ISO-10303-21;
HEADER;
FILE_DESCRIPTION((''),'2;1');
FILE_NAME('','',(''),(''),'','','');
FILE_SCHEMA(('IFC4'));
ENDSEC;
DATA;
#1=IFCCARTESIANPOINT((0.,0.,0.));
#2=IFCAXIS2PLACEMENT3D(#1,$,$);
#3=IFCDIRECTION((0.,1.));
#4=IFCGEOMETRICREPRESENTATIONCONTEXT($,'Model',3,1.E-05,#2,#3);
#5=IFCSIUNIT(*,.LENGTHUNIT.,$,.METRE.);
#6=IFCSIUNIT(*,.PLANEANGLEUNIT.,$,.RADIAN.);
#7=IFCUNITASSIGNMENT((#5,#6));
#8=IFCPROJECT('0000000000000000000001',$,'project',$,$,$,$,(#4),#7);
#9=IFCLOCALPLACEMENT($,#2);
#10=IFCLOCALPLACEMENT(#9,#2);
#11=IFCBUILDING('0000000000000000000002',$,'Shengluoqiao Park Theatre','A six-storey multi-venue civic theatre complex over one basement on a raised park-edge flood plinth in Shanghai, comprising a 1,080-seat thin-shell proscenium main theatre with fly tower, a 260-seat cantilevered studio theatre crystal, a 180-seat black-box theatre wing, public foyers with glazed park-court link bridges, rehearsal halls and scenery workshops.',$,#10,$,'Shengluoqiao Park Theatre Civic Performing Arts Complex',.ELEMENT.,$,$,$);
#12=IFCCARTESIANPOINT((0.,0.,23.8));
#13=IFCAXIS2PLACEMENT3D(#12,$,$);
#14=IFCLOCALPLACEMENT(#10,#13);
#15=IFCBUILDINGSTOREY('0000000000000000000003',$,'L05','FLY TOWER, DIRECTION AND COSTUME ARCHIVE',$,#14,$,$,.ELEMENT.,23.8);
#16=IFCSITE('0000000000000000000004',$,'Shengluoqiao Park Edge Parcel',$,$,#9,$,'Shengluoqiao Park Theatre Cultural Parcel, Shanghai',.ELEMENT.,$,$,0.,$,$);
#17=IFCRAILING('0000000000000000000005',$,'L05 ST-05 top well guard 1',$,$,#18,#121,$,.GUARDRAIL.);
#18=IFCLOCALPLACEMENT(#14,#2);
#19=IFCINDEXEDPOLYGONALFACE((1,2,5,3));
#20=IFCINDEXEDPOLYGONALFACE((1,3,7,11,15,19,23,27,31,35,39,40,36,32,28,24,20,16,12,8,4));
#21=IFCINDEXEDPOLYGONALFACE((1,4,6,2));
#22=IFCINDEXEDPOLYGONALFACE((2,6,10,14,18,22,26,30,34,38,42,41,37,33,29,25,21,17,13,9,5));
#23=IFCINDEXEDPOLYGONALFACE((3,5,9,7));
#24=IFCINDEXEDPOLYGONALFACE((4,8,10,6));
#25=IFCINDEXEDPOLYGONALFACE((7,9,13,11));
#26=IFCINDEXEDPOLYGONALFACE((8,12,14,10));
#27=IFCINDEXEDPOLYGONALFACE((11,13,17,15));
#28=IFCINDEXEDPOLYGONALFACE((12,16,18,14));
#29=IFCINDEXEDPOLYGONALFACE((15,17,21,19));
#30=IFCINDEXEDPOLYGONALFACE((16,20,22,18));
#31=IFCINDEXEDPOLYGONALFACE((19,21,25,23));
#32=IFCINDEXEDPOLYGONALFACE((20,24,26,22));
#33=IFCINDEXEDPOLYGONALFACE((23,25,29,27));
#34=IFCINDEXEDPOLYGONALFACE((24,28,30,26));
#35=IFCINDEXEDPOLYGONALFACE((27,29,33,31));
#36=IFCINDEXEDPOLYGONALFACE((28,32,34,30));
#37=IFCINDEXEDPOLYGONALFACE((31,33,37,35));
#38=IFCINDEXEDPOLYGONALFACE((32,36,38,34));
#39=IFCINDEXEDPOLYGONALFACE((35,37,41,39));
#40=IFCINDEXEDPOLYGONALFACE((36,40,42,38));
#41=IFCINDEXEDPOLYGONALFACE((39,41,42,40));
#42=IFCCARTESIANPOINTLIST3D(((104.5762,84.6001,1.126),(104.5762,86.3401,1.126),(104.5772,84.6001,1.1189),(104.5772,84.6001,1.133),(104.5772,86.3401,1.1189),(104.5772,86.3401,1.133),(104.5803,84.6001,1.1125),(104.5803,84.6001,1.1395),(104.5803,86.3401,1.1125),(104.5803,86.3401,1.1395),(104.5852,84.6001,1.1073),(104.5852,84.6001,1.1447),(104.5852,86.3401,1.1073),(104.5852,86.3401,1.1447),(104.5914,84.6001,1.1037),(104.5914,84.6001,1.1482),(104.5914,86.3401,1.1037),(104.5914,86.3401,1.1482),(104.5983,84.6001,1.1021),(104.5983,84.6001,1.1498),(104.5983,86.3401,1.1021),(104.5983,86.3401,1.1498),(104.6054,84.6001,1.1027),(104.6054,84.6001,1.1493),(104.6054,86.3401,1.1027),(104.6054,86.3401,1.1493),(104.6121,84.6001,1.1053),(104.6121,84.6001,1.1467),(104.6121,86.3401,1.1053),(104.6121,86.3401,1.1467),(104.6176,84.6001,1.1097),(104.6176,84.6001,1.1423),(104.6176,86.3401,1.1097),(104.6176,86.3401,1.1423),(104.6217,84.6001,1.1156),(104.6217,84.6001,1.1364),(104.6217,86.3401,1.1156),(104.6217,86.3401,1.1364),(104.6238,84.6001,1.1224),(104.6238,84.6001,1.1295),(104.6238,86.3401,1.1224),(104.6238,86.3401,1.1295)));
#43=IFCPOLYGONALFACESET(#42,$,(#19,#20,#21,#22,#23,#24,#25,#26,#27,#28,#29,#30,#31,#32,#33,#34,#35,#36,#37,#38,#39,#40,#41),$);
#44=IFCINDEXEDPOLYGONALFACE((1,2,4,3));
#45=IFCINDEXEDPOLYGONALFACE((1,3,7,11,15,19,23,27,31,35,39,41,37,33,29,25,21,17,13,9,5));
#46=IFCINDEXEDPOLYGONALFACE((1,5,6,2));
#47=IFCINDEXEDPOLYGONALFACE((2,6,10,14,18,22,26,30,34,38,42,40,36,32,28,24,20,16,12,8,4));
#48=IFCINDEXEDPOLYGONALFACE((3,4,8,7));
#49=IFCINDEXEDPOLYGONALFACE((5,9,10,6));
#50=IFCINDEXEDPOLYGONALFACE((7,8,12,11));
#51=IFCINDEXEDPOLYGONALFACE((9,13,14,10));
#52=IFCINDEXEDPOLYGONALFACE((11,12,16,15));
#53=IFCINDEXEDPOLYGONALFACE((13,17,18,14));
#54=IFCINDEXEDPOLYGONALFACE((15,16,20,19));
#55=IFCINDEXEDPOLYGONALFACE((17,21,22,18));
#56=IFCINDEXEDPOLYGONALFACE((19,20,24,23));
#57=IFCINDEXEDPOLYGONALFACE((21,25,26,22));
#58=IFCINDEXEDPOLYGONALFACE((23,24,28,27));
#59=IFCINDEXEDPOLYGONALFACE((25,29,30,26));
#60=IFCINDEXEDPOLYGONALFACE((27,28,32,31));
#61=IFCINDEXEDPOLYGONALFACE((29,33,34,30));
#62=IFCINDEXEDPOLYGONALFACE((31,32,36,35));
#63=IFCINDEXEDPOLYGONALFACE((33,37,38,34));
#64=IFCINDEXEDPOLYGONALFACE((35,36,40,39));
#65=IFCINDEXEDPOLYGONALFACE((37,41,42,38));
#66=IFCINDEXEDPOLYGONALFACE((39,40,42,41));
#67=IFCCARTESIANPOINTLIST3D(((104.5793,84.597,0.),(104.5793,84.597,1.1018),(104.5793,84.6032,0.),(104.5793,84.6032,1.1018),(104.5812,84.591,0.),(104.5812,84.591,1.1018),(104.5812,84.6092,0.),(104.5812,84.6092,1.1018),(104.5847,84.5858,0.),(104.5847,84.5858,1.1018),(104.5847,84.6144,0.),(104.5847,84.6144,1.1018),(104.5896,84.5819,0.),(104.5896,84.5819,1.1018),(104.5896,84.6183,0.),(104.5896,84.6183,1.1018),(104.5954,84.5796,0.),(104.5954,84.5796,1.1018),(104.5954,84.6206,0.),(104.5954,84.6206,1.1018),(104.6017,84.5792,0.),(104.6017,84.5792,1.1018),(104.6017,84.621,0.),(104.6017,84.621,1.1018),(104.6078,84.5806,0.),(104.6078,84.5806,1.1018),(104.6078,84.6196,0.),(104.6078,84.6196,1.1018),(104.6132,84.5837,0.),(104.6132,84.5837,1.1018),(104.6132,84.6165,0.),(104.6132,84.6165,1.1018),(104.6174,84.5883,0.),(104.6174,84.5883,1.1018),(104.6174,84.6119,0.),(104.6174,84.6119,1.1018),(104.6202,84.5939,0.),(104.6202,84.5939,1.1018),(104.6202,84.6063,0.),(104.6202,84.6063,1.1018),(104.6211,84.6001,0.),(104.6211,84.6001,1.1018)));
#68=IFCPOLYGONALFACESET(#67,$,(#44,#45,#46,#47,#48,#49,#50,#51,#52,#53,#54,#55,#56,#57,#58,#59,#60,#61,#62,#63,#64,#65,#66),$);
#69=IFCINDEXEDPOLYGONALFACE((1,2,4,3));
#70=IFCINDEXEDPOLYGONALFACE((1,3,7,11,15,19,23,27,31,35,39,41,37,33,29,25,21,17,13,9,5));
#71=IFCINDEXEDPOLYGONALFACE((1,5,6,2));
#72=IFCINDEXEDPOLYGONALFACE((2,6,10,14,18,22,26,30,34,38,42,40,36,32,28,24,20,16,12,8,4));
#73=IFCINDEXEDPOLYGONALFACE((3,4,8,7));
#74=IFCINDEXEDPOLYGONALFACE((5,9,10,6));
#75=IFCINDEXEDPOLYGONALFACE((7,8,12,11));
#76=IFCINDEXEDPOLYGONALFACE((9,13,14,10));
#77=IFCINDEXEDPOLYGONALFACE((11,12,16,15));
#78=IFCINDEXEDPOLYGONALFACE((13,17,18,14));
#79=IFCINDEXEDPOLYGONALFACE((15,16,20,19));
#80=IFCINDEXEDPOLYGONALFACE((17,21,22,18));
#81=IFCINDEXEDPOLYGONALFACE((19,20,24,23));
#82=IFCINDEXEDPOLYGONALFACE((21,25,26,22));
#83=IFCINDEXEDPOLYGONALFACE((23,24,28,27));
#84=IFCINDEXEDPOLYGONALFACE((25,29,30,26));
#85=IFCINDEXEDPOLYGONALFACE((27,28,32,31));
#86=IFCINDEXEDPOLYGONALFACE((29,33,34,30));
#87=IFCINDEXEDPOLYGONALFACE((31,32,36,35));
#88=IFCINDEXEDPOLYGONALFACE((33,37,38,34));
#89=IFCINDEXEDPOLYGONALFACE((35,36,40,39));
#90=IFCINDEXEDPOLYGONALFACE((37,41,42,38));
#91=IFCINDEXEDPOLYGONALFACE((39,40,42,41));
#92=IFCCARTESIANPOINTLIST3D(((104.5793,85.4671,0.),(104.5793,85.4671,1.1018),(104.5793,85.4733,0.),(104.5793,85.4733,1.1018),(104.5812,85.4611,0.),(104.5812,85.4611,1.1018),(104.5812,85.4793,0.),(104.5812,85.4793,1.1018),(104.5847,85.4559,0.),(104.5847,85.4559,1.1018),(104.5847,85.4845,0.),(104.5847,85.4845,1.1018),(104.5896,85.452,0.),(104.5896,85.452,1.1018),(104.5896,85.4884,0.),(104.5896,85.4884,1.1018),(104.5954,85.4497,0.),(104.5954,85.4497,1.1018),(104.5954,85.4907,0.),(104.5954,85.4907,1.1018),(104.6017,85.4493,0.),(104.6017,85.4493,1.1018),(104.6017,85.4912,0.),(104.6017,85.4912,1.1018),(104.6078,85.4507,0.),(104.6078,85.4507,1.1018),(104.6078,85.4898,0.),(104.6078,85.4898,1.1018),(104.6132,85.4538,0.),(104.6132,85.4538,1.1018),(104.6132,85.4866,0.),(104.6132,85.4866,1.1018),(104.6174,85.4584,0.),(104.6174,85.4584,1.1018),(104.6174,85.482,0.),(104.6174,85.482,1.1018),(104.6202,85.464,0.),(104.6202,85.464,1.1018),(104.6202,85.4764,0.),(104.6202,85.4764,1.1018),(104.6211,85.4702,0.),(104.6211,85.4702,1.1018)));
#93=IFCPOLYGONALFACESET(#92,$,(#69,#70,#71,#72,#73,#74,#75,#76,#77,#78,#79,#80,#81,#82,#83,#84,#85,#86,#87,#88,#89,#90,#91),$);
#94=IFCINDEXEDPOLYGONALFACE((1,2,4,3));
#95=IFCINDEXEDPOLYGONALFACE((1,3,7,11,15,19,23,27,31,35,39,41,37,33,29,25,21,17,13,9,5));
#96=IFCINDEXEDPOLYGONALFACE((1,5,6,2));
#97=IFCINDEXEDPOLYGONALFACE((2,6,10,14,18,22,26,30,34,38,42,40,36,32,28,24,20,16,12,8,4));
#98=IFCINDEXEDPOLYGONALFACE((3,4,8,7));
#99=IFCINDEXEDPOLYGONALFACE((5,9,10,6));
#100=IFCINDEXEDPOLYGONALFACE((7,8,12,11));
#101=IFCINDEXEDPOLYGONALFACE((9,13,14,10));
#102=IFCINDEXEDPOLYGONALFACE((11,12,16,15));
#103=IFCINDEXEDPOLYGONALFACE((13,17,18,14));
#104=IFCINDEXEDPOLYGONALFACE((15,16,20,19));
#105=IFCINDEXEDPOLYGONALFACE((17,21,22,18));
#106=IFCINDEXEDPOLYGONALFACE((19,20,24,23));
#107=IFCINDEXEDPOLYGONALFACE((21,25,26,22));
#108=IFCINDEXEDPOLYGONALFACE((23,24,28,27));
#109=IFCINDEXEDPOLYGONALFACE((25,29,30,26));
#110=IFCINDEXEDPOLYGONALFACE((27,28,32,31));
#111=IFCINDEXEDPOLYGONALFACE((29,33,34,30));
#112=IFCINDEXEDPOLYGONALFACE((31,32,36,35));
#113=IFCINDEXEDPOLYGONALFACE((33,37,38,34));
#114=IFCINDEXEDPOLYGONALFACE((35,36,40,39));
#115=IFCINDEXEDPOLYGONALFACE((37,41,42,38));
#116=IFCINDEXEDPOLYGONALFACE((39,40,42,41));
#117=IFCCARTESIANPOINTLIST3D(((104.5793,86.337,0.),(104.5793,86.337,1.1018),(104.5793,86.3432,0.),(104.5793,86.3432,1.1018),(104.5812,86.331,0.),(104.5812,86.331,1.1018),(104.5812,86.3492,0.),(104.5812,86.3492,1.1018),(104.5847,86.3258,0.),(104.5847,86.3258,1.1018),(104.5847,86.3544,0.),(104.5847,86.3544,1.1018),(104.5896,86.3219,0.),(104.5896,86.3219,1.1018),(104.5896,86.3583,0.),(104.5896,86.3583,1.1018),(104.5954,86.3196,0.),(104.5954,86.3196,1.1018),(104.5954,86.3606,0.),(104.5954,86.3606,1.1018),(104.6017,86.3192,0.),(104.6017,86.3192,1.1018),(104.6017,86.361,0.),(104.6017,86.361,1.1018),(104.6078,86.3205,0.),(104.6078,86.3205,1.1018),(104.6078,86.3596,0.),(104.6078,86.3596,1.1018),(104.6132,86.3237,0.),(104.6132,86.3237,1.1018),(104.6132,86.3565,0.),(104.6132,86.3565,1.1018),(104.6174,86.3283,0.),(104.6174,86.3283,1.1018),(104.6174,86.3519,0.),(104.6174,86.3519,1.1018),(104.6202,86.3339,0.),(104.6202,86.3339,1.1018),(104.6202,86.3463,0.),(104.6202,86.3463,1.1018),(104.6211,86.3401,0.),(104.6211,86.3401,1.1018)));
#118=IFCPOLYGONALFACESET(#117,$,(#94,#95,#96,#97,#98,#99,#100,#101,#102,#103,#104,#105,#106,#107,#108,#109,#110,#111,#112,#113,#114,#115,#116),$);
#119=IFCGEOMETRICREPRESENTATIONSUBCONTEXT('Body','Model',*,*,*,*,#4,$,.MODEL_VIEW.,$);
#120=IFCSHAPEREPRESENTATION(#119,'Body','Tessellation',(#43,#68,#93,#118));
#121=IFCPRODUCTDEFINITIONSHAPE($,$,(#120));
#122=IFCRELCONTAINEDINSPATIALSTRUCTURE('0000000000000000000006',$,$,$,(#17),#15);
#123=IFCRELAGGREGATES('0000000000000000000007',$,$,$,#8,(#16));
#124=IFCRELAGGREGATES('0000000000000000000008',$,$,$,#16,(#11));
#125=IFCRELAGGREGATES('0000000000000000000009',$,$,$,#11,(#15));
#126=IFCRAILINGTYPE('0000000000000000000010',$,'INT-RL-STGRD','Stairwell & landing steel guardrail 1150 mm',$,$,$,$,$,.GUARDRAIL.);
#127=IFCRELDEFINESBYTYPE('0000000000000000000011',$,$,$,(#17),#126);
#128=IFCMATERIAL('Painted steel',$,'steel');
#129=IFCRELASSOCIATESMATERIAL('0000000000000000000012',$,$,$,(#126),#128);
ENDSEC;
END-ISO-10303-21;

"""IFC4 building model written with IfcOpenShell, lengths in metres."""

from ifc_helpers import new_model, si_unit, direction, frame, origin, origin_2d, place, context, subcontext, project, spatial, circle, extrude, material, type_object, element, save


model = new_model("IFC4")

# Units and contexts
model_context = context("Model", 3, precision=1e-05, world=origin(), true_north=direction((0.0, 1.0)))
body_context = subcontext(model_context, "Body", "Model", "MODEL_VIEW")
ifc_project = project(units=[si_unit("LENGTHUNIT", "METRE"), si_unit("PLANEANGLEUNIT", "RADIAN")], contexts=[model_context])

# Site, building, storey
site_placement = place(None, origin())
site = spatial("IfcSite", under=ifc_project, at=site_placement, Name="Shengluoqiao Park Edge Parcel", LongName="Shengluoqiao Park Theatre Cultural Parcel, Shanghai", CompositionType="ELEMENT", RefElevation=0.0)
building_placement = place(site_placement, origin())
building = spatial("IfcBuilding", under=site, at=building_placement, Name="Shengluoqiao Park Theatre", Description="A six-storey multi-venue civic theatre complex over one basement on a raised park-edge flood plinth in Shanghai, comprising a 1,080-seat thin-shell proscenium main theatre with fly tower, a 260-seat cantilevered studio theatre crystal, a 180-seat black-box theatre wing, public foyers with glazed park-court link bridges, rehearsal halls and scenery workshops.", LongName="Shengluoqiao Park Theatre Civic Performing Arts Complex", CompositionType="ELEMENT")
storey_placement = place(building_placement, frame((0.0, 0.0, 23.8)))
storey = spatial("IfcBuildingStorey", under=building, at=storey_placement, Name="L05", Description="FLY TOWER, DIRECTION AND COSTUME ARCHIVE", CompositionType="ELEMENT", Elevation=23.8)

# Railing
ifc_material_1 = material(Name="Painted steel", Category="steel")
railing_type = type_object("IfcRailingType", Name="INT-RL-STGRD", Description="Stairwell & landing steel guardrail 1150 mm", PredefinedType="GUARDRAIL", material=ifc_material_1)
railing_placement = place(storey_placement, frame((104.6001, 84.6001, 0.0)))
element("IfcRailing", 1, at=railing_placement, inside=storey, type_object=railing_type, Name="L05 ST-05 top well guard 1", PredefinedType="GUARDRAIL", context=body_context, shape_type="SweptSolid", body=[
    extrude(circle(Radius=0.0239, at=origin_2d()), frame((0.0, 0.0, 1.126), z_axis=(0.0, 1.0, 0.0), x_axis=(-1.0, 0.0, 0.0)), (0.0, 0.0, 1.0), 1.74),
    extrude(circle(Radius=0.021, at=origin_2d()), origin(), (0.0, 0.0, 1.0), 1.1018),
    extrude(circle(Radius=0.021, at=origin_2d()), frame((0.0, 0.8701, 0.0)), (0.0, 0.0, 1.0), 1.1018),
    extrude(circle(Radius=0.021, at=origin_2d()), frame((0.0, 1.74, 0.0)), (0.0, 0.0, 1.0), 1.1018),
])

save(model, "model.ifc")
